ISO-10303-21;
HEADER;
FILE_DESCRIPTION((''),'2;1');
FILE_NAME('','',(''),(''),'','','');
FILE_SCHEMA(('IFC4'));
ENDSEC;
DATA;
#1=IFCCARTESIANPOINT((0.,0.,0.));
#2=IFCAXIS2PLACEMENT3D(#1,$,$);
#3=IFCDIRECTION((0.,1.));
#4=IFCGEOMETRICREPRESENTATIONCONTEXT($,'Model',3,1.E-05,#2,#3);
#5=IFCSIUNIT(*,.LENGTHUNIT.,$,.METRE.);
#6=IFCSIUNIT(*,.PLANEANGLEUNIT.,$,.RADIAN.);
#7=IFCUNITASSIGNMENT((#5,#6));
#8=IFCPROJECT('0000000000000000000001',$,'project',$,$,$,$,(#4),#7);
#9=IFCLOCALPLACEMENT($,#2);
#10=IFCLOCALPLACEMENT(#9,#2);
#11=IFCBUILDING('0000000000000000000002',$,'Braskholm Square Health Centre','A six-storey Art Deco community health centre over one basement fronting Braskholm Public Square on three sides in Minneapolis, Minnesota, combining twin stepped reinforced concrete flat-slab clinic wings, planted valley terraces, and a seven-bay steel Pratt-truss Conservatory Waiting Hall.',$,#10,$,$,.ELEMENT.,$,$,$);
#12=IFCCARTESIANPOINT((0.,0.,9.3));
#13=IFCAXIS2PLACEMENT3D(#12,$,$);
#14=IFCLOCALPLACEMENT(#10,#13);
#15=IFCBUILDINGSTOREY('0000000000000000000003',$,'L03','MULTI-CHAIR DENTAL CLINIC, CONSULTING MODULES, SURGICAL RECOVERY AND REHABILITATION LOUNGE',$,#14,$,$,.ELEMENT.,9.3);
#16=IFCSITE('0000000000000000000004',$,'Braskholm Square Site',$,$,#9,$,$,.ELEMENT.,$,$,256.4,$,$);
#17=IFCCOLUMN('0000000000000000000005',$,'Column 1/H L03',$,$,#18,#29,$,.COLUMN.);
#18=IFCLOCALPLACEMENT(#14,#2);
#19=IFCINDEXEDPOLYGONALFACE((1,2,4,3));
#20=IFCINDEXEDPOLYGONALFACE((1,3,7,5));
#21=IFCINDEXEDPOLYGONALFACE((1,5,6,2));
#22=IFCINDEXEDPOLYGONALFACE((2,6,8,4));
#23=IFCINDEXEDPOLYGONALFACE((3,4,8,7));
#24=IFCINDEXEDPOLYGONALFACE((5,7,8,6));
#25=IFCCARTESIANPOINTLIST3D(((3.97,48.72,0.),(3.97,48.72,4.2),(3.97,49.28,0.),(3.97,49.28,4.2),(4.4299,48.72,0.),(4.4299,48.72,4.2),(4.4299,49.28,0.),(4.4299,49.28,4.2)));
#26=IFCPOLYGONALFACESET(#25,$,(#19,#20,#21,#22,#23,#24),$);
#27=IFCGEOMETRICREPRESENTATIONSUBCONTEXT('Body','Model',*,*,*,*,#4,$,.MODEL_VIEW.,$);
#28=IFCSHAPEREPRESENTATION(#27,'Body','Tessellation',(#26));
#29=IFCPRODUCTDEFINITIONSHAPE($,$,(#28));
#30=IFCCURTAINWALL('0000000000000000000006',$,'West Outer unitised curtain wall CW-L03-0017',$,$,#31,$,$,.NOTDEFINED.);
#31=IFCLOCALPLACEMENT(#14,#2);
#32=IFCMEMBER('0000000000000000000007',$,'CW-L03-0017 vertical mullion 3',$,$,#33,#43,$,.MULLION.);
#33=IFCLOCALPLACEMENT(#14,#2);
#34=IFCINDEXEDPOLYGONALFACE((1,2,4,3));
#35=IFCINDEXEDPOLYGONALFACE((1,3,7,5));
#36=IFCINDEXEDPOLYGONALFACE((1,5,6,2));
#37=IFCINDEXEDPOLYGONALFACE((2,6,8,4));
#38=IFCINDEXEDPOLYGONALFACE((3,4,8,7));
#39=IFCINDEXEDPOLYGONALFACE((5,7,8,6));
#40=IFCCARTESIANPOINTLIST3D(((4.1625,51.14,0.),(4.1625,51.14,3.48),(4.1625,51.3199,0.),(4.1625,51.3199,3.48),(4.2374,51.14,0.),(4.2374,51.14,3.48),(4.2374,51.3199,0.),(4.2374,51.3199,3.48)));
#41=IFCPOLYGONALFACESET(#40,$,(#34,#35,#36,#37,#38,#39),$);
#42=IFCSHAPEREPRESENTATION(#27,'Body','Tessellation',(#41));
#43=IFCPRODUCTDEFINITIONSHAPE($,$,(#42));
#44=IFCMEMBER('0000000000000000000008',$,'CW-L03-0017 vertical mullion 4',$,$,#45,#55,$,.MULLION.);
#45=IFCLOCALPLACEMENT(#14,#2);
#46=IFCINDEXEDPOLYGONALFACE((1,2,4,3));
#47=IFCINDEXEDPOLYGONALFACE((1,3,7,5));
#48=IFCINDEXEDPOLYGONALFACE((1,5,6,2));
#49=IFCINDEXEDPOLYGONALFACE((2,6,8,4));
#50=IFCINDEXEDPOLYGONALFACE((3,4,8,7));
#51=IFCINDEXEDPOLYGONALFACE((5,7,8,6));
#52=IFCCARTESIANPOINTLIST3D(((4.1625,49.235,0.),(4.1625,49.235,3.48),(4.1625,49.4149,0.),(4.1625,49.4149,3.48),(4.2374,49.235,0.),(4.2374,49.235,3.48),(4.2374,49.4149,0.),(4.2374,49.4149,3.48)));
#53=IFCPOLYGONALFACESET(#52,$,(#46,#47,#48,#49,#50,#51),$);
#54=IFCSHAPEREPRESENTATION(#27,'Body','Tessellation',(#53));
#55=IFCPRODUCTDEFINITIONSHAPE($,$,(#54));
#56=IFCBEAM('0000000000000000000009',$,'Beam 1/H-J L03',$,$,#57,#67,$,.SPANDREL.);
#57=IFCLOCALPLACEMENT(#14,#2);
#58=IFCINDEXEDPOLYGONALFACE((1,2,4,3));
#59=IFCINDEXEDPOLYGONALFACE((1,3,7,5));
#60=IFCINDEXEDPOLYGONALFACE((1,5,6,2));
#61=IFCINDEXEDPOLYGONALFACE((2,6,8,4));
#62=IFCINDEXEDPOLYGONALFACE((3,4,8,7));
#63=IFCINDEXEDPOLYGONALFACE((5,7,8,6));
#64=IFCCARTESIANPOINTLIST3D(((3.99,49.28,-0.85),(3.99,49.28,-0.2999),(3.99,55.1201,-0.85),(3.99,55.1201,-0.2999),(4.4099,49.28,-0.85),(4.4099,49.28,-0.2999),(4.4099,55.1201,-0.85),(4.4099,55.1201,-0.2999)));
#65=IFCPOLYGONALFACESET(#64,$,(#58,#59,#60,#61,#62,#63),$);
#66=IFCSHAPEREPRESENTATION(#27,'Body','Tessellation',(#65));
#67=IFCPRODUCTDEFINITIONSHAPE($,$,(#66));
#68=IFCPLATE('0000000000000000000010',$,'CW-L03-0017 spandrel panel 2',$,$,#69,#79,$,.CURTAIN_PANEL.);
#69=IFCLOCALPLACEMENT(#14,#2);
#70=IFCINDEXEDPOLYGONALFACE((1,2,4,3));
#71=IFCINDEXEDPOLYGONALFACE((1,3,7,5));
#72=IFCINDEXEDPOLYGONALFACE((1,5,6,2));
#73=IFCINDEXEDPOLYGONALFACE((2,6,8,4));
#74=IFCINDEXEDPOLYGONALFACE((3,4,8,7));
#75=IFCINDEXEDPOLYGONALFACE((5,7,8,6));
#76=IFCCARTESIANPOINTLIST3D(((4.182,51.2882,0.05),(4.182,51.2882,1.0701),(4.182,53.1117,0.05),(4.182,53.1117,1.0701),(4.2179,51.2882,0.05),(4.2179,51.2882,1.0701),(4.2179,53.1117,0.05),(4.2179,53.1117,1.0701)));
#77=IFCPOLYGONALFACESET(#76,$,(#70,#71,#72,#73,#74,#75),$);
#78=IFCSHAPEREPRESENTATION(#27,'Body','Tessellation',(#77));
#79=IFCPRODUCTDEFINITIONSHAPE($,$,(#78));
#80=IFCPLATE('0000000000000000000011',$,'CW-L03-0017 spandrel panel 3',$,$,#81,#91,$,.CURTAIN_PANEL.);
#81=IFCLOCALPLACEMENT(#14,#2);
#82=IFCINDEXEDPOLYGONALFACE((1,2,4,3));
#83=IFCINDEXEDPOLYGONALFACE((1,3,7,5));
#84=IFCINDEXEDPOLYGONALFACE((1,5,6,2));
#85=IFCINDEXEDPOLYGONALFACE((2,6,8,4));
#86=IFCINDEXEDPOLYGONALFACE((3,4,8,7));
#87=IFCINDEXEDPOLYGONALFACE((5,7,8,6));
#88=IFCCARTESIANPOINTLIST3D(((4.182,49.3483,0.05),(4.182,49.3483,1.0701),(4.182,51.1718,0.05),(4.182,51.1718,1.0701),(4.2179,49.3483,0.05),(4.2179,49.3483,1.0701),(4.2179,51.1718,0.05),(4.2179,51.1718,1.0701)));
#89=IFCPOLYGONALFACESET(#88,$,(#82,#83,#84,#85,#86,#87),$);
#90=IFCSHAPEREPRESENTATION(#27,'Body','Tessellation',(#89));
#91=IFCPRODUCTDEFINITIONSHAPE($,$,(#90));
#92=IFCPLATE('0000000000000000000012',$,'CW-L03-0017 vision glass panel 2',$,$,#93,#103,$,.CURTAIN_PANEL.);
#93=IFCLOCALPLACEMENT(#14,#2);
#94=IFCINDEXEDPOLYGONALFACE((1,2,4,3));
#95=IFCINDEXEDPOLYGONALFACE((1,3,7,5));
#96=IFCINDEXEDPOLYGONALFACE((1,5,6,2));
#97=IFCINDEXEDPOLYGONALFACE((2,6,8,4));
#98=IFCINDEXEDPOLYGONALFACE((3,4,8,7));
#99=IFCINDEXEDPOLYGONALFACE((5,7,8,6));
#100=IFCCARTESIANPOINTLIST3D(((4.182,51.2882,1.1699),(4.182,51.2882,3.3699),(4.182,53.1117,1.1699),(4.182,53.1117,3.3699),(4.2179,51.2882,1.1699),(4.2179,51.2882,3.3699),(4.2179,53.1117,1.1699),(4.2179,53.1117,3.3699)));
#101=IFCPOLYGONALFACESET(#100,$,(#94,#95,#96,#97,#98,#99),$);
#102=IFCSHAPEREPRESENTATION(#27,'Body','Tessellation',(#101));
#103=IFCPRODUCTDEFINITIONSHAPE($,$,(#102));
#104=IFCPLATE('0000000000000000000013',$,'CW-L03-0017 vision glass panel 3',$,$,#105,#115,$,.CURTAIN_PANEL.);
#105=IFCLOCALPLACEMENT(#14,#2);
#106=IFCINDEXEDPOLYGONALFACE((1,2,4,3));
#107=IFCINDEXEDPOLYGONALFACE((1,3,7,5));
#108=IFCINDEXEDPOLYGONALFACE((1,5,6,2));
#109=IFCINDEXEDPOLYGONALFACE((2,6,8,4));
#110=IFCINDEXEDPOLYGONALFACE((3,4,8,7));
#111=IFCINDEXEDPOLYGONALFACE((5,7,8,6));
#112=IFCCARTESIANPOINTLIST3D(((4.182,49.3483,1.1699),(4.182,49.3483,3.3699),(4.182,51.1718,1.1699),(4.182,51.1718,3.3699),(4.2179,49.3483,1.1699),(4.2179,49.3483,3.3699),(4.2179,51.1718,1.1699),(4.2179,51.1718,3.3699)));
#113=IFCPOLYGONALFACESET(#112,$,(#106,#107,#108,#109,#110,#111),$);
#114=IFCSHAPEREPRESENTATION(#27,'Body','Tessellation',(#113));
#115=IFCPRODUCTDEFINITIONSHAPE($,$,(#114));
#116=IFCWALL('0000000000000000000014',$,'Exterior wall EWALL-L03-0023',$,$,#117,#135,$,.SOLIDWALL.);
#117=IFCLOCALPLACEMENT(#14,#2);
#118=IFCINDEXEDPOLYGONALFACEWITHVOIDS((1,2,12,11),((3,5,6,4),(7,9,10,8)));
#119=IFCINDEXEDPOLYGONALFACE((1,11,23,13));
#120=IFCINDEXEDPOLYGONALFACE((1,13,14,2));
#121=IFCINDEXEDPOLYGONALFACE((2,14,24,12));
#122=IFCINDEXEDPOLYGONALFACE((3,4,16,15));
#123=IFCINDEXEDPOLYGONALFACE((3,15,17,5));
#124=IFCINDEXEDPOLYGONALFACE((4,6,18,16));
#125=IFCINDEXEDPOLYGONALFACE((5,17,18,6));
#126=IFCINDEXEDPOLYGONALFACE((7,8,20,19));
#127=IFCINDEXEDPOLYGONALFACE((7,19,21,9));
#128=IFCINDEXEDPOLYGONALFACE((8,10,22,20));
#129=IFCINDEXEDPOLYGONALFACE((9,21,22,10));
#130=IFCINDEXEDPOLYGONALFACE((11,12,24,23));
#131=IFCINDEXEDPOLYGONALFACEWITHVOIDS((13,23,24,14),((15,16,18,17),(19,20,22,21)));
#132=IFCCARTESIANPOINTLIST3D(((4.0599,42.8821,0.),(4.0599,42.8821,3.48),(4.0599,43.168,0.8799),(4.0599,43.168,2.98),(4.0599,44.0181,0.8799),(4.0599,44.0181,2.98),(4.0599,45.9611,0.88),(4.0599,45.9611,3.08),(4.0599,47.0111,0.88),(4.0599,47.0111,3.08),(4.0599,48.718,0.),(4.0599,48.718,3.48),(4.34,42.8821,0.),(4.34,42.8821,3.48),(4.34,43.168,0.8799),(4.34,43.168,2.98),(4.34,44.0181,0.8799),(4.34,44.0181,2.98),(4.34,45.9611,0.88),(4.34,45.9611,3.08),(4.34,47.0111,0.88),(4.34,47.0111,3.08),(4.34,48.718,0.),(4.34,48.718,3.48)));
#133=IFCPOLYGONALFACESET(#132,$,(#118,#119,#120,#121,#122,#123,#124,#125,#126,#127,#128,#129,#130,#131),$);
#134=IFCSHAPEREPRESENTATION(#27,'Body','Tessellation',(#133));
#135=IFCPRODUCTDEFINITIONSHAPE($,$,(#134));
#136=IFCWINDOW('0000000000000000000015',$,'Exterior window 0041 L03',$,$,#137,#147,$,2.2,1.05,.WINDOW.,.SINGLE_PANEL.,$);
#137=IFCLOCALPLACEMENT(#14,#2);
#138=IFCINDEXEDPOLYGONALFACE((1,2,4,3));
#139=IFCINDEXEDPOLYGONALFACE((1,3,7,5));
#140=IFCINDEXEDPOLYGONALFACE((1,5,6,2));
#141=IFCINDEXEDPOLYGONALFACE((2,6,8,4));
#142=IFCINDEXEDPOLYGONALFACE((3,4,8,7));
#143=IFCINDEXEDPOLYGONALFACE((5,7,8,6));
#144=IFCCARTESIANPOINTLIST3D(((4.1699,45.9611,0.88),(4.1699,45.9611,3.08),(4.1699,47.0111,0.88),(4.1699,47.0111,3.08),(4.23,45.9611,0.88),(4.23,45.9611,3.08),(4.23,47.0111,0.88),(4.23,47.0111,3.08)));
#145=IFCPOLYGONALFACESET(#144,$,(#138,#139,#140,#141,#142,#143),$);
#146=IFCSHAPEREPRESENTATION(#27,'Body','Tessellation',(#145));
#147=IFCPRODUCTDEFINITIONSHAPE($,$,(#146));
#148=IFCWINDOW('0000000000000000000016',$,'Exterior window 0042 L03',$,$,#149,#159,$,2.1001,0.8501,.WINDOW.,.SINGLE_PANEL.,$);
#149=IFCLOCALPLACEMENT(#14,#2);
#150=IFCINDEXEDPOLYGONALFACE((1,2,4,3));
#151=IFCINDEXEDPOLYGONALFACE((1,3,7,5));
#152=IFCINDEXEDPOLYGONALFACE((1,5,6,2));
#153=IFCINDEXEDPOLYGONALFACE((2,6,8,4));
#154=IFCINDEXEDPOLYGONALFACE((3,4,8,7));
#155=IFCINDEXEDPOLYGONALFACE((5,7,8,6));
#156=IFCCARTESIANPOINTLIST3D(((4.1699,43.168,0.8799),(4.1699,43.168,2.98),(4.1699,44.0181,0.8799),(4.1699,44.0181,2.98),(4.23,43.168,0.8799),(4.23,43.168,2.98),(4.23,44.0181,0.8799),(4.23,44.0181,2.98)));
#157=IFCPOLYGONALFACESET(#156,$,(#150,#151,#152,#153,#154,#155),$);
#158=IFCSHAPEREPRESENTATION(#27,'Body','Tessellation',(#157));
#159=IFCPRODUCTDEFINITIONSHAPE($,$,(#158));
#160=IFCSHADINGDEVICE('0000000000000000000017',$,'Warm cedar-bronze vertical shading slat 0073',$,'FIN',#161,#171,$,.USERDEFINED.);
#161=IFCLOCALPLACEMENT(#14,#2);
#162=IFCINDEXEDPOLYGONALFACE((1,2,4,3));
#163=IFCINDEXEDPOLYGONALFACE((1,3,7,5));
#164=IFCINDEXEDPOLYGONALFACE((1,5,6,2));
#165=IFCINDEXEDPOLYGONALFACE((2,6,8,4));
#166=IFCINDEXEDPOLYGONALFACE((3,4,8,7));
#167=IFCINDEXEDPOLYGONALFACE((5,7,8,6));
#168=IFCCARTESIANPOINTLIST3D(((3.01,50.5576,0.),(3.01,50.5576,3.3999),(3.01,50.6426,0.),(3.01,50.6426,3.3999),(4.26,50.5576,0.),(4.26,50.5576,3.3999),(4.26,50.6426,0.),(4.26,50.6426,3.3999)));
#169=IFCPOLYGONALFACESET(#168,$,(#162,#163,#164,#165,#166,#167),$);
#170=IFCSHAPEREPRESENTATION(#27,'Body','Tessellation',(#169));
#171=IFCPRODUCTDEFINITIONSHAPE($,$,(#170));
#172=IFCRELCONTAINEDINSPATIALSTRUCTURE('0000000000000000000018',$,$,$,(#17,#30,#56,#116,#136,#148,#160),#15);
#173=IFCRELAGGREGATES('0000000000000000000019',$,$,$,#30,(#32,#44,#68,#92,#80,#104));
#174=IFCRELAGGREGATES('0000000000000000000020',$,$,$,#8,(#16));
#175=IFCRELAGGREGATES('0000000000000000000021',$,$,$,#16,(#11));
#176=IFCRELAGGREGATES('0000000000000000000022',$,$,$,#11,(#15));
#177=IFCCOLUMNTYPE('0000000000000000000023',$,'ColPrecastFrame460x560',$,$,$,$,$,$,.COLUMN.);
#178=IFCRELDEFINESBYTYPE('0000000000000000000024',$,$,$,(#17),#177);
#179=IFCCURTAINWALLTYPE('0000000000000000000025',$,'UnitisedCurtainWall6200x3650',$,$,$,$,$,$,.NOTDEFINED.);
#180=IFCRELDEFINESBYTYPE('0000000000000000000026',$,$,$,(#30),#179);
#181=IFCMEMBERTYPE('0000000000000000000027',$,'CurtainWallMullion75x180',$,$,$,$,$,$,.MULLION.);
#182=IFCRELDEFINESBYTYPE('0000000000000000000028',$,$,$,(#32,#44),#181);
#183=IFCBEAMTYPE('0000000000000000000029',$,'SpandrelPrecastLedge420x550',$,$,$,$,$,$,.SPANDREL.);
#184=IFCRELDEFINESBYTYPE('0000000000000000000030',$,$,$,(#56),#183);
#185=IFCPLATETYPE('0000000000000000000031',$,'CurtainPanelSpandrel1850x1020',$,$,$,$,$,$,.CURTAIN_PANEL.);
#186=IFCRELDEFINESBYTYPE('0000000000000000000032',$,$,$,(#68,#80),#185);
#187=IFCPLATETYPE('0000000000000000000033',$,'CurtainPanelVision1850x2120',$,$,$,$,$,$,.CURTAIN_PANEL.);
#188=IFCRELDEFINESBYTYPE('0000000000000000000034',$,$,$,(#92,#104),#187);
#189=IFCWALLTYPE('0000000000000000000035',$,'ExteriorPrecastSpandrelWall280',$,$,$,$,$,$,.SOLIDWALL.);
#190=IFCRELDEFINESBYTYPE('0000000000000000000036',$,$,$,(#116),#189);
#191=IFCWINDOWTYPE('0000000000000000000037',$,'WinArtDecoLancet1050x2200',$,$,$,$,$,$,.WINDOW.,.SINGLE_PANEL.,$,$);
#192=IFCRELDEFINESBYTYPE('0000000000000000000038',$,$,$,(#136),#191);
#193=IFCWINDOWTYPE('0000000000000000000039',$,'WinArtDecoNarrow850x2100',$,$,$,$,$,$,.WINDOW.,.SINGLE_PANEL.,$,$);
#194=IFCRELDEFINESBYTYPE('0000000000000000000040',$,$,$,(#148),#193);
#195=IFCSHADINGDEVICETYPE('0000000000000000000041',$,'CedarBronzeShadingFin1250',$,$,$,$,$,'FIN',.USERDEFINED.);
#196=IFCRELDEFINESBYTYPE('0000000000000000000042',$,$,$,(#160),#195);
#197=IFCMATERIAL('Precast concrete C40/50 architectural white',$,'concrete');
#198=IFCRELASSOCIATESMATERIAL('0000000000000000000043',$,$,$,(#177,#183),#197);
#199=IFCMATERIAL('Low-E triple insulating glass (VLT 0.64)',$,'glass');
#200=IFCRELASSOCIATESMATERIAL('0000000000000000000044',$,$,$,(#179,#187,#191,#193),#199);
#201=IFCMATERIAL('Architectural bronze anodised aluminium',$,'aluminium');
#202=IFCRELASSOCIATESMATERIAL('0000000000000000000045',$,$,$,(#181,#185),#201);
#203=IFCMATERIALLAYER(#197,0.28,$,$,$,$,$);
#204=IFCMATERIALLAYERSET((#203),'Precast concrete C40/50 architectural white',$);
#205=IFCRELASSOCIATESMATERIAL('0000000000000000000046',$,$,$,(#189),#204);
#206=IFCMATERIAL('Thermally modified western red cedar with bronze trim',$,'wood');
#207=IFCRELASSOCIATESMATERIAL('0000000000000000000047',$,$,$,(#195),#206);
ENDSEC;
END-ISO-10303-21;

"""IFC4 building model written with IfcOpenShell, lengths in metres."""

from ifc_helpers import new_model, si_unit, direction, frame, frame_2d, origin, origin_with_axes, origin_2d, place, context, subcontext, project, spatial, rectangle, extrude, material, layer, layer_set, material_profile, profile_set, type_object, element, fill, aggregate, save


model = new_model("IFC4")

# Units and contexts
model_context = context("Model", 3, precision=1e-05, world=origin(), true_north=direction((0.0, 1.0)))
body_context = subcontext(model_context, "Body", "Model", "MODEL_VIEW")
ifc_project = project(units=[si_unit("LENGTHUNIT", "METRE"), si_unit("PLANEANGLEUNIT", "RADIAN")], contexts=[model_context])

# Site, building, storey
site_placement = place(None, origin())
site = spatial("IfcSite", under=ifc_project, at=site_placement, Name="Braskholm Square Site", CompositionType="ELEMENT", RefElevation=256.4)
building_placement = place(site_placement, origin())
building = spatial("IfcBuilding", under=site, at=building_placement, Name="Braskholm Square Health Centre", Description="A six-storey Art Deco community health centre over one basement fronting Braskholm Public Square on three sides in Minneapolis, Minnesota, combining twin stepped reinforced concrete flat-slab clinic wings, planted valley terraces, and a seven-bay steel Pratt-truss Conservatory Waiting Hall.", CompositionType="ELEMENT")
storey_placement = place(building_placement, frame((0.0, 0.0, 9.3)))
storey = spatial("IfcBuildingStorey", under=building, at=storey_placement, Name="L03", Description="MULTI-CHAIR DENTAL CLINIC, CONSULTING MODULES, SURGICAL RECOVERY AND REHABILITATION LOUNGE", CompositionType="ELEMENT", Elevation=9.3)

# Column
ifc_material_1 = material(Name="Precast concrete C40/50 architectural white", Category="concrete")
ifc_material_profile_1 = material_profile(ifc_material_1, rectangle(XDim=0.46, YDim=0.5601, at=origin_2d()), Name="RC-460X560")
ifc_profile_set_1 = profile_set([ifc_material_profile_1], Name="Precast concrete C40/50 architectural white")
column_type = type_object("IfcColumnType", Name="ColPrecastFrame460x560", PredefinedType="COLUMN", material=ifc_profile_set_1)
column_placement = place(storey_placement, frame((4.2, 49.0, 0.0), z_axis=(0.0, 0.0, 1.0), x_axis=(1.0, 0.0, 0.0)))
element("IfcColumn", 1, at=column_placement, inside=storey, type_object=column_type, Name="Column 1/H L03", PredefinedType="COLUMN", context=body_context, shape_type="SweptSolid", body=[
    extrude(rectangle(XDim=0.46, YDim=0.5601, at=origin_2d()), origin(), (0.0, 0.0, 1.0), 4.2),
])

# Curtain wall, members
ifc_material_2 = material(Name="Low-E triple insulating glass (VLT 0.64)", Category="glass")
curtain_wall_type = type_object("IfcCurtainWallType", Name="UnitisedCurtainWall6200x3650", PredefinedType="NOTDEFINED", material=ifc_material_2)
curtain_wall_placement = place(storey_placement, origin())
curtain_wall = element("IfcCurtainWall", 2, at=curtain_wall_placement, inside=storey, type_object=curtain_wall_type, Name="West Outer unitised curtain wall CW-L03-0017", PredefinedType="NOTDEFINED")
ifc_material_3 = material(Name="Architectural bronze anodised aluminium", Category="aluminium")
ifc_material_profile_2 = material_profile(ifc_material_3, rectangle(XDim=0.075, YDim=0.1799, at=origin_2d()), Name="ALU-75X180")
ifc_profile_set_2 = profile_set([ifc_material_profile_2], Name="Architectural bronze anodised aluminium")
member_type = type_object("IfcMemberType", Name="CurtainWallMullion75x180", PredefinedType="MULLION", material=ifc_profile_set_2)
member_1_placement = place(storey_placement, frame((4.2, 51.23, 0.0), z_axis=(0.0, 0.0, 1.0), x_axis=(1.0, 0.0, 0.0)))
member_1 = element("IfcMember", 3, at=member_1_placement, type_object=member_type, Name="CW-L03-0017 vertical mullion 3", PredefinedType="MULLION", context=body_context, shape_type="SweptSolid", body=[
    extrude(rectangle(XDim=0.075, YDim=0.1799, at=origin_2d()), origin(), (0.0, 0.0, 1.0), 3.48),
])
member_2_placement = place(storey_placement, frame((4.2, 49.325, 0.0), z_axis=(0.0, 0.0, 1.0), x_axis=(1.0, 0.0, 0.0)))
member_2 = element("IfcMember", 4, at=member_2_placement, type_object=member_type, Name="CW-L03-0017 vertical mullion 4", PredefinedType="MULLION", context=body_context, shape_type="SweptSolid", body=[
    extrude(rectangle(XDim=0.075, YDim=0.1799, at=origin_2d()), origin(), (0.0, 0.0, 1.0), 3.48),
])

# Beam
ifc_material_profile_3 = material_profile(ifc_material_1, rectangle(XDim=0.4199, YDim=0.55, at=origin_2d()), Name="RCB-420X550")
ifc_profile_set_3 = profile_set([ifc_material_profile_3], Name="Precast concrete C40/50 architectural white")
beam_type = type_object("IfcBeamType", Name="SpandrelPrecastLedge420x550", PredefinedType="SPANDREL", material=ifc_profile_set_3)
beam_placement = place(storey_placement, frame((4.2, 49.28, -0.575), z_axis=(0.0, 1.0, 0.0), x_axis=(-1.0, 0.0, 0.0)))
element("IfcBeam", 5, at=beam_placement, inside=storey, type_object=beam_type, Name="Beam 1/H-J L03", PredefinedType="SPANDREL", context=body_context, shape_type="SweptSolid", body=[
    extrude(rectangle(XDim=0.4199, YDim=0.55, at=origin_2d()), origin(), (0.0, 0.0, 1.0), 5.8401),
])

# Plates
plate_type_1 = type_object("IfcPlateType", Name="CurtainPanelSpandrel1850x1020", PredefinedType="CURTAIN_PANEL", material=ifc_material_3)
plate_1_placement = place(storey_placement, frame((4.2, 52.2, 0.05), z_axis=(0.0, 0.0, 1.0), x_axis=(0.0, -1.0, 0.0)))
plate_1 = element("IfcPlate", 6, at=plate_1_placement, type_object=plate_type_1, Name="CW-L03-0017 spandrel panel 2", PredefinedType="CURTAIN_PANEL", context=body_context, shape_type="SweptSolid", body=[
    extrude(rectangle(XDim=1.8235, YDim=0.0359, at=origin_2d()), origin(), (0.0, 0.0, 1.0), 1.02),
])
plate_2_placement = place(storey_placement, frame((4.2, 50.26, 0.05), z_axis=(0.0, 0.0, 1.0), x_axis=(0.0, -1.0, 0.0)))
plate_2 = element("IfcPlate", 7, at=plate_2_placement, type_object=plate_type_1, Name="CW-L03-0017 spandrel panel 3", PredefinedType="CURTAIN_PANEL", context=body_context, shape_type="SweptSolid", body=[
    extrude(rectangle(XDim=1.8235, YDim=0.0359, at=origin_2d()), origin(), (0.0, 0.0, 1.0), 1.02),
])
plate_type_2 = type_object("IfcPlateType", Name="CurtainPanelVision1850x2120", PredefinedType="CURTAIN_PANEL", material=ifc_material_2)
plate_3_placement = place(storey_placement, frame((4.2, 52.2, 1.1699), z_axis=(0.0, 0.0, 1.0), x_axis=(0.0, -1.0, 0.0)))
plate_3 = element("IfcPlate", 8, at=plate_3_placement, type_object=plate_type_2, Name="CW-L03-0017 vision glass panel 2", PredefinedType="CURTAIN_PANEL", context=body_context, shape_type="SweptSolid", body=[
    extrude(rectangle(XDim=1.8235, YDim=0.0359, at=origin_2d()), origin(), (0.0, 0.0, 1.0), 2.2),
])
plate_4_placement = place(storey_placement, frame((4.2, 50.26, 1.1699), z_axis=(0.0, 0.0, 1.0), x_axis=(0.0, -1.0, 0.0)))
plate_4 = element("IfcPlate", 9, at=plate_4_placement, type_object=plate_type_2, Name="CW-L03-0017 vision glass panel 3", PredefinedType="CURTAIN_PANEL", context=body_context, shape_type="SweptSolid", body=[
    extrude(rectangle(XDim=1.8235, YDim=0.0359, at=origin_2d()), origin(), (0.0, 0.0, 1.0), 2.2),
])
aggregate(curtain_wall, [member_1, member_2, plate_1, plate_3, plate_2, plate_4])

# Wall, openings, windows
ifc_layer_1 = layer(ifc_material_1, 0.28)
ifc_layer_set_1 = layer_set([ifc_layer_1], Name="Precast concrete C40/50 architectural white")
wall_type = type_object("IfcWallType", Name="ExteriorPrecastSpandrelWall280", PredefinedType="SOLIDWALL", material=ifc_layer_set_1)
wall_placement = place(storey_placement, frame((4.2, 48.718, 0.0), z_axis=(0.0, 0.0, 1.0), x_axis=(0.0, -1.0, 0.0)))
wall = element("IfcWall", 10, at=wall_placement, inside=storey, type_object=wall_type, Name="Exterior wall EWALL-L03-0023", PredefinedType="SOLIDWALL", context=body_context, shape_type="SweptSolid", body=[
    extrude(rectangle(XDim=5.8359, YDim=0.28, at=frame_2d((2.918, 0.0))), origin(), (0.0, 0.0, 1.0), 3.48),
])
opening_1_placement = place(wall_placement, frame((1.707, 0.0, 0.8799)))
opening_1 = element("IfcOpeningElement", 11, at=opening_1_placement, cuts=wall, PredefinedType="OPENING", context=body_context, shape_type="SweptSolid", body=[
    extrude(rectangle(XDim=1.05, YDim=2.2, at=frame_2d((0.5249, 1.1001))), frame((0.0, 0.1499, 0.0), z_axis=(0.0, -1.0, 0.0), x_axis=(1.0, 0.0, 0.0)), (0.0, 0.0, 1.0), 0.3),
])
opening_2_placement = place(wall_placement, frame((4.7, 0.0, 0.8799)))
opening_2 = element("IfcOpeningElement", 12, at=opening_2_placement, cuts=wall, PredefinedType="OPENING", context=body_context, shape_type="SweptSolid", body=[
    extrude(rectangle(XDim=0.8501, YDim=2.1001, at=frame_2d((0.425, 1.05))), frame((0.0, 0.1499, 0.0), z_axis=(0.0, -1.0, 0.0), x_axis=(1.0, 0.0, 0.0)), (0.0, 0.0, 1.0), 0.3),
])
window_type_1 = type_object("IfcWindowType", Name="WinArtDecoLancet1050x2200", PartitioningType="SINGLE_PANEL", PredefinedType="WINDOW", material=ifc_material_2)
window_1_placement = place(opening_1_placement, origin_with_axes())
window_1 = element("IfcWindow", 13, at=window_1_placement, inside=storey, type_object=window_type_1, Name="Exterior window 0041 L03", OverallHeight=2.2, OverallWidth=1.05, PartitioningType="SINGLE_PANEL", PredefinedType="WINDOW", context=body_context, shape_type="SweptSolid", body=[
    extrude(rectangle(XDim=1.05, YDim=2.2, at=frame_2d((0.5249, 1.1001))), frame((0.0, 0.03, 0.0), z_axis=(0.0, -1.0, 0.0), x_axis=(1.0, 0.0, 0.0)), (0.0, 0.0, 1.0), 0.0601),
])
fill(opening_1, window_1)
window_type_2 = type_object("IfcWindowType", Name="WinArtDecoNarrow850x2100", PartitioningType="SINGLE_PANEL", PredefinedType="WINDOW", material=ifc_material_2)
window_2_placement = place(opening_2_placement, origin_with_axes())
window_2 = element("IfcWindow", 14, at=window_2_placement, inside=storey, type_object=window_type_2, Name="Exterior window 0042 L03", OverallHeight=2.1001, OverallWidth=0.8501, PartitioningType="SINGLE_PANEL", PredefinedType="WINDOW", context=body_context, shape_type="SweptSolid", body=[
    extrude(rectangle(XDim=0.8501, YDim=2.1001, at=frame_2d((0.425, 1.05))), frame((0.0, 0.03, 0.0), z_axis=(0.0, -1.0, 0.0), x_axis=(1.0, 0.0, 0.0)), (0.0, 0.0, 1.0), 0.0601),
])
fill(opening_2, window_2)

# Shading device
ifc_material_4 = material(Name="Thermally modified western red cedar with bronze trim", Category="wood")
shading_device_type = type_object("IfcShadingDeviceType", Name="CedarBronzeShadingFin1250", ElementType="FIN", PredefinedType="USERDEFINED", material=ifc_material_4)
for number, where, z_axis, x_axis, name in (
    (15, (3.635, 50.6001, 0.0), (0.0, 0.0, 1.0), (1.0, 0.0, 0.0), "Warm cedar-bronze vertical shading slat 0073"),
):
    element("IfcShadingDevice", number, at=place(storey_placement, frame(where, z_axis=z_axis, x_axis=x_axis)), inside=storey, type_object=shading_device_type, Name=name, ObjectType="FIN", PredefinedType="USERDEFINED", context=body_context, shape_type="SweptSolid", body=[
        extrude(rectangle(XDim=1.25, YDim=0.085, at=origin_2d()), origin(), (0.0, 0.0, 1.0), 3.3999),
    ])

save(model, "model.ifc")
